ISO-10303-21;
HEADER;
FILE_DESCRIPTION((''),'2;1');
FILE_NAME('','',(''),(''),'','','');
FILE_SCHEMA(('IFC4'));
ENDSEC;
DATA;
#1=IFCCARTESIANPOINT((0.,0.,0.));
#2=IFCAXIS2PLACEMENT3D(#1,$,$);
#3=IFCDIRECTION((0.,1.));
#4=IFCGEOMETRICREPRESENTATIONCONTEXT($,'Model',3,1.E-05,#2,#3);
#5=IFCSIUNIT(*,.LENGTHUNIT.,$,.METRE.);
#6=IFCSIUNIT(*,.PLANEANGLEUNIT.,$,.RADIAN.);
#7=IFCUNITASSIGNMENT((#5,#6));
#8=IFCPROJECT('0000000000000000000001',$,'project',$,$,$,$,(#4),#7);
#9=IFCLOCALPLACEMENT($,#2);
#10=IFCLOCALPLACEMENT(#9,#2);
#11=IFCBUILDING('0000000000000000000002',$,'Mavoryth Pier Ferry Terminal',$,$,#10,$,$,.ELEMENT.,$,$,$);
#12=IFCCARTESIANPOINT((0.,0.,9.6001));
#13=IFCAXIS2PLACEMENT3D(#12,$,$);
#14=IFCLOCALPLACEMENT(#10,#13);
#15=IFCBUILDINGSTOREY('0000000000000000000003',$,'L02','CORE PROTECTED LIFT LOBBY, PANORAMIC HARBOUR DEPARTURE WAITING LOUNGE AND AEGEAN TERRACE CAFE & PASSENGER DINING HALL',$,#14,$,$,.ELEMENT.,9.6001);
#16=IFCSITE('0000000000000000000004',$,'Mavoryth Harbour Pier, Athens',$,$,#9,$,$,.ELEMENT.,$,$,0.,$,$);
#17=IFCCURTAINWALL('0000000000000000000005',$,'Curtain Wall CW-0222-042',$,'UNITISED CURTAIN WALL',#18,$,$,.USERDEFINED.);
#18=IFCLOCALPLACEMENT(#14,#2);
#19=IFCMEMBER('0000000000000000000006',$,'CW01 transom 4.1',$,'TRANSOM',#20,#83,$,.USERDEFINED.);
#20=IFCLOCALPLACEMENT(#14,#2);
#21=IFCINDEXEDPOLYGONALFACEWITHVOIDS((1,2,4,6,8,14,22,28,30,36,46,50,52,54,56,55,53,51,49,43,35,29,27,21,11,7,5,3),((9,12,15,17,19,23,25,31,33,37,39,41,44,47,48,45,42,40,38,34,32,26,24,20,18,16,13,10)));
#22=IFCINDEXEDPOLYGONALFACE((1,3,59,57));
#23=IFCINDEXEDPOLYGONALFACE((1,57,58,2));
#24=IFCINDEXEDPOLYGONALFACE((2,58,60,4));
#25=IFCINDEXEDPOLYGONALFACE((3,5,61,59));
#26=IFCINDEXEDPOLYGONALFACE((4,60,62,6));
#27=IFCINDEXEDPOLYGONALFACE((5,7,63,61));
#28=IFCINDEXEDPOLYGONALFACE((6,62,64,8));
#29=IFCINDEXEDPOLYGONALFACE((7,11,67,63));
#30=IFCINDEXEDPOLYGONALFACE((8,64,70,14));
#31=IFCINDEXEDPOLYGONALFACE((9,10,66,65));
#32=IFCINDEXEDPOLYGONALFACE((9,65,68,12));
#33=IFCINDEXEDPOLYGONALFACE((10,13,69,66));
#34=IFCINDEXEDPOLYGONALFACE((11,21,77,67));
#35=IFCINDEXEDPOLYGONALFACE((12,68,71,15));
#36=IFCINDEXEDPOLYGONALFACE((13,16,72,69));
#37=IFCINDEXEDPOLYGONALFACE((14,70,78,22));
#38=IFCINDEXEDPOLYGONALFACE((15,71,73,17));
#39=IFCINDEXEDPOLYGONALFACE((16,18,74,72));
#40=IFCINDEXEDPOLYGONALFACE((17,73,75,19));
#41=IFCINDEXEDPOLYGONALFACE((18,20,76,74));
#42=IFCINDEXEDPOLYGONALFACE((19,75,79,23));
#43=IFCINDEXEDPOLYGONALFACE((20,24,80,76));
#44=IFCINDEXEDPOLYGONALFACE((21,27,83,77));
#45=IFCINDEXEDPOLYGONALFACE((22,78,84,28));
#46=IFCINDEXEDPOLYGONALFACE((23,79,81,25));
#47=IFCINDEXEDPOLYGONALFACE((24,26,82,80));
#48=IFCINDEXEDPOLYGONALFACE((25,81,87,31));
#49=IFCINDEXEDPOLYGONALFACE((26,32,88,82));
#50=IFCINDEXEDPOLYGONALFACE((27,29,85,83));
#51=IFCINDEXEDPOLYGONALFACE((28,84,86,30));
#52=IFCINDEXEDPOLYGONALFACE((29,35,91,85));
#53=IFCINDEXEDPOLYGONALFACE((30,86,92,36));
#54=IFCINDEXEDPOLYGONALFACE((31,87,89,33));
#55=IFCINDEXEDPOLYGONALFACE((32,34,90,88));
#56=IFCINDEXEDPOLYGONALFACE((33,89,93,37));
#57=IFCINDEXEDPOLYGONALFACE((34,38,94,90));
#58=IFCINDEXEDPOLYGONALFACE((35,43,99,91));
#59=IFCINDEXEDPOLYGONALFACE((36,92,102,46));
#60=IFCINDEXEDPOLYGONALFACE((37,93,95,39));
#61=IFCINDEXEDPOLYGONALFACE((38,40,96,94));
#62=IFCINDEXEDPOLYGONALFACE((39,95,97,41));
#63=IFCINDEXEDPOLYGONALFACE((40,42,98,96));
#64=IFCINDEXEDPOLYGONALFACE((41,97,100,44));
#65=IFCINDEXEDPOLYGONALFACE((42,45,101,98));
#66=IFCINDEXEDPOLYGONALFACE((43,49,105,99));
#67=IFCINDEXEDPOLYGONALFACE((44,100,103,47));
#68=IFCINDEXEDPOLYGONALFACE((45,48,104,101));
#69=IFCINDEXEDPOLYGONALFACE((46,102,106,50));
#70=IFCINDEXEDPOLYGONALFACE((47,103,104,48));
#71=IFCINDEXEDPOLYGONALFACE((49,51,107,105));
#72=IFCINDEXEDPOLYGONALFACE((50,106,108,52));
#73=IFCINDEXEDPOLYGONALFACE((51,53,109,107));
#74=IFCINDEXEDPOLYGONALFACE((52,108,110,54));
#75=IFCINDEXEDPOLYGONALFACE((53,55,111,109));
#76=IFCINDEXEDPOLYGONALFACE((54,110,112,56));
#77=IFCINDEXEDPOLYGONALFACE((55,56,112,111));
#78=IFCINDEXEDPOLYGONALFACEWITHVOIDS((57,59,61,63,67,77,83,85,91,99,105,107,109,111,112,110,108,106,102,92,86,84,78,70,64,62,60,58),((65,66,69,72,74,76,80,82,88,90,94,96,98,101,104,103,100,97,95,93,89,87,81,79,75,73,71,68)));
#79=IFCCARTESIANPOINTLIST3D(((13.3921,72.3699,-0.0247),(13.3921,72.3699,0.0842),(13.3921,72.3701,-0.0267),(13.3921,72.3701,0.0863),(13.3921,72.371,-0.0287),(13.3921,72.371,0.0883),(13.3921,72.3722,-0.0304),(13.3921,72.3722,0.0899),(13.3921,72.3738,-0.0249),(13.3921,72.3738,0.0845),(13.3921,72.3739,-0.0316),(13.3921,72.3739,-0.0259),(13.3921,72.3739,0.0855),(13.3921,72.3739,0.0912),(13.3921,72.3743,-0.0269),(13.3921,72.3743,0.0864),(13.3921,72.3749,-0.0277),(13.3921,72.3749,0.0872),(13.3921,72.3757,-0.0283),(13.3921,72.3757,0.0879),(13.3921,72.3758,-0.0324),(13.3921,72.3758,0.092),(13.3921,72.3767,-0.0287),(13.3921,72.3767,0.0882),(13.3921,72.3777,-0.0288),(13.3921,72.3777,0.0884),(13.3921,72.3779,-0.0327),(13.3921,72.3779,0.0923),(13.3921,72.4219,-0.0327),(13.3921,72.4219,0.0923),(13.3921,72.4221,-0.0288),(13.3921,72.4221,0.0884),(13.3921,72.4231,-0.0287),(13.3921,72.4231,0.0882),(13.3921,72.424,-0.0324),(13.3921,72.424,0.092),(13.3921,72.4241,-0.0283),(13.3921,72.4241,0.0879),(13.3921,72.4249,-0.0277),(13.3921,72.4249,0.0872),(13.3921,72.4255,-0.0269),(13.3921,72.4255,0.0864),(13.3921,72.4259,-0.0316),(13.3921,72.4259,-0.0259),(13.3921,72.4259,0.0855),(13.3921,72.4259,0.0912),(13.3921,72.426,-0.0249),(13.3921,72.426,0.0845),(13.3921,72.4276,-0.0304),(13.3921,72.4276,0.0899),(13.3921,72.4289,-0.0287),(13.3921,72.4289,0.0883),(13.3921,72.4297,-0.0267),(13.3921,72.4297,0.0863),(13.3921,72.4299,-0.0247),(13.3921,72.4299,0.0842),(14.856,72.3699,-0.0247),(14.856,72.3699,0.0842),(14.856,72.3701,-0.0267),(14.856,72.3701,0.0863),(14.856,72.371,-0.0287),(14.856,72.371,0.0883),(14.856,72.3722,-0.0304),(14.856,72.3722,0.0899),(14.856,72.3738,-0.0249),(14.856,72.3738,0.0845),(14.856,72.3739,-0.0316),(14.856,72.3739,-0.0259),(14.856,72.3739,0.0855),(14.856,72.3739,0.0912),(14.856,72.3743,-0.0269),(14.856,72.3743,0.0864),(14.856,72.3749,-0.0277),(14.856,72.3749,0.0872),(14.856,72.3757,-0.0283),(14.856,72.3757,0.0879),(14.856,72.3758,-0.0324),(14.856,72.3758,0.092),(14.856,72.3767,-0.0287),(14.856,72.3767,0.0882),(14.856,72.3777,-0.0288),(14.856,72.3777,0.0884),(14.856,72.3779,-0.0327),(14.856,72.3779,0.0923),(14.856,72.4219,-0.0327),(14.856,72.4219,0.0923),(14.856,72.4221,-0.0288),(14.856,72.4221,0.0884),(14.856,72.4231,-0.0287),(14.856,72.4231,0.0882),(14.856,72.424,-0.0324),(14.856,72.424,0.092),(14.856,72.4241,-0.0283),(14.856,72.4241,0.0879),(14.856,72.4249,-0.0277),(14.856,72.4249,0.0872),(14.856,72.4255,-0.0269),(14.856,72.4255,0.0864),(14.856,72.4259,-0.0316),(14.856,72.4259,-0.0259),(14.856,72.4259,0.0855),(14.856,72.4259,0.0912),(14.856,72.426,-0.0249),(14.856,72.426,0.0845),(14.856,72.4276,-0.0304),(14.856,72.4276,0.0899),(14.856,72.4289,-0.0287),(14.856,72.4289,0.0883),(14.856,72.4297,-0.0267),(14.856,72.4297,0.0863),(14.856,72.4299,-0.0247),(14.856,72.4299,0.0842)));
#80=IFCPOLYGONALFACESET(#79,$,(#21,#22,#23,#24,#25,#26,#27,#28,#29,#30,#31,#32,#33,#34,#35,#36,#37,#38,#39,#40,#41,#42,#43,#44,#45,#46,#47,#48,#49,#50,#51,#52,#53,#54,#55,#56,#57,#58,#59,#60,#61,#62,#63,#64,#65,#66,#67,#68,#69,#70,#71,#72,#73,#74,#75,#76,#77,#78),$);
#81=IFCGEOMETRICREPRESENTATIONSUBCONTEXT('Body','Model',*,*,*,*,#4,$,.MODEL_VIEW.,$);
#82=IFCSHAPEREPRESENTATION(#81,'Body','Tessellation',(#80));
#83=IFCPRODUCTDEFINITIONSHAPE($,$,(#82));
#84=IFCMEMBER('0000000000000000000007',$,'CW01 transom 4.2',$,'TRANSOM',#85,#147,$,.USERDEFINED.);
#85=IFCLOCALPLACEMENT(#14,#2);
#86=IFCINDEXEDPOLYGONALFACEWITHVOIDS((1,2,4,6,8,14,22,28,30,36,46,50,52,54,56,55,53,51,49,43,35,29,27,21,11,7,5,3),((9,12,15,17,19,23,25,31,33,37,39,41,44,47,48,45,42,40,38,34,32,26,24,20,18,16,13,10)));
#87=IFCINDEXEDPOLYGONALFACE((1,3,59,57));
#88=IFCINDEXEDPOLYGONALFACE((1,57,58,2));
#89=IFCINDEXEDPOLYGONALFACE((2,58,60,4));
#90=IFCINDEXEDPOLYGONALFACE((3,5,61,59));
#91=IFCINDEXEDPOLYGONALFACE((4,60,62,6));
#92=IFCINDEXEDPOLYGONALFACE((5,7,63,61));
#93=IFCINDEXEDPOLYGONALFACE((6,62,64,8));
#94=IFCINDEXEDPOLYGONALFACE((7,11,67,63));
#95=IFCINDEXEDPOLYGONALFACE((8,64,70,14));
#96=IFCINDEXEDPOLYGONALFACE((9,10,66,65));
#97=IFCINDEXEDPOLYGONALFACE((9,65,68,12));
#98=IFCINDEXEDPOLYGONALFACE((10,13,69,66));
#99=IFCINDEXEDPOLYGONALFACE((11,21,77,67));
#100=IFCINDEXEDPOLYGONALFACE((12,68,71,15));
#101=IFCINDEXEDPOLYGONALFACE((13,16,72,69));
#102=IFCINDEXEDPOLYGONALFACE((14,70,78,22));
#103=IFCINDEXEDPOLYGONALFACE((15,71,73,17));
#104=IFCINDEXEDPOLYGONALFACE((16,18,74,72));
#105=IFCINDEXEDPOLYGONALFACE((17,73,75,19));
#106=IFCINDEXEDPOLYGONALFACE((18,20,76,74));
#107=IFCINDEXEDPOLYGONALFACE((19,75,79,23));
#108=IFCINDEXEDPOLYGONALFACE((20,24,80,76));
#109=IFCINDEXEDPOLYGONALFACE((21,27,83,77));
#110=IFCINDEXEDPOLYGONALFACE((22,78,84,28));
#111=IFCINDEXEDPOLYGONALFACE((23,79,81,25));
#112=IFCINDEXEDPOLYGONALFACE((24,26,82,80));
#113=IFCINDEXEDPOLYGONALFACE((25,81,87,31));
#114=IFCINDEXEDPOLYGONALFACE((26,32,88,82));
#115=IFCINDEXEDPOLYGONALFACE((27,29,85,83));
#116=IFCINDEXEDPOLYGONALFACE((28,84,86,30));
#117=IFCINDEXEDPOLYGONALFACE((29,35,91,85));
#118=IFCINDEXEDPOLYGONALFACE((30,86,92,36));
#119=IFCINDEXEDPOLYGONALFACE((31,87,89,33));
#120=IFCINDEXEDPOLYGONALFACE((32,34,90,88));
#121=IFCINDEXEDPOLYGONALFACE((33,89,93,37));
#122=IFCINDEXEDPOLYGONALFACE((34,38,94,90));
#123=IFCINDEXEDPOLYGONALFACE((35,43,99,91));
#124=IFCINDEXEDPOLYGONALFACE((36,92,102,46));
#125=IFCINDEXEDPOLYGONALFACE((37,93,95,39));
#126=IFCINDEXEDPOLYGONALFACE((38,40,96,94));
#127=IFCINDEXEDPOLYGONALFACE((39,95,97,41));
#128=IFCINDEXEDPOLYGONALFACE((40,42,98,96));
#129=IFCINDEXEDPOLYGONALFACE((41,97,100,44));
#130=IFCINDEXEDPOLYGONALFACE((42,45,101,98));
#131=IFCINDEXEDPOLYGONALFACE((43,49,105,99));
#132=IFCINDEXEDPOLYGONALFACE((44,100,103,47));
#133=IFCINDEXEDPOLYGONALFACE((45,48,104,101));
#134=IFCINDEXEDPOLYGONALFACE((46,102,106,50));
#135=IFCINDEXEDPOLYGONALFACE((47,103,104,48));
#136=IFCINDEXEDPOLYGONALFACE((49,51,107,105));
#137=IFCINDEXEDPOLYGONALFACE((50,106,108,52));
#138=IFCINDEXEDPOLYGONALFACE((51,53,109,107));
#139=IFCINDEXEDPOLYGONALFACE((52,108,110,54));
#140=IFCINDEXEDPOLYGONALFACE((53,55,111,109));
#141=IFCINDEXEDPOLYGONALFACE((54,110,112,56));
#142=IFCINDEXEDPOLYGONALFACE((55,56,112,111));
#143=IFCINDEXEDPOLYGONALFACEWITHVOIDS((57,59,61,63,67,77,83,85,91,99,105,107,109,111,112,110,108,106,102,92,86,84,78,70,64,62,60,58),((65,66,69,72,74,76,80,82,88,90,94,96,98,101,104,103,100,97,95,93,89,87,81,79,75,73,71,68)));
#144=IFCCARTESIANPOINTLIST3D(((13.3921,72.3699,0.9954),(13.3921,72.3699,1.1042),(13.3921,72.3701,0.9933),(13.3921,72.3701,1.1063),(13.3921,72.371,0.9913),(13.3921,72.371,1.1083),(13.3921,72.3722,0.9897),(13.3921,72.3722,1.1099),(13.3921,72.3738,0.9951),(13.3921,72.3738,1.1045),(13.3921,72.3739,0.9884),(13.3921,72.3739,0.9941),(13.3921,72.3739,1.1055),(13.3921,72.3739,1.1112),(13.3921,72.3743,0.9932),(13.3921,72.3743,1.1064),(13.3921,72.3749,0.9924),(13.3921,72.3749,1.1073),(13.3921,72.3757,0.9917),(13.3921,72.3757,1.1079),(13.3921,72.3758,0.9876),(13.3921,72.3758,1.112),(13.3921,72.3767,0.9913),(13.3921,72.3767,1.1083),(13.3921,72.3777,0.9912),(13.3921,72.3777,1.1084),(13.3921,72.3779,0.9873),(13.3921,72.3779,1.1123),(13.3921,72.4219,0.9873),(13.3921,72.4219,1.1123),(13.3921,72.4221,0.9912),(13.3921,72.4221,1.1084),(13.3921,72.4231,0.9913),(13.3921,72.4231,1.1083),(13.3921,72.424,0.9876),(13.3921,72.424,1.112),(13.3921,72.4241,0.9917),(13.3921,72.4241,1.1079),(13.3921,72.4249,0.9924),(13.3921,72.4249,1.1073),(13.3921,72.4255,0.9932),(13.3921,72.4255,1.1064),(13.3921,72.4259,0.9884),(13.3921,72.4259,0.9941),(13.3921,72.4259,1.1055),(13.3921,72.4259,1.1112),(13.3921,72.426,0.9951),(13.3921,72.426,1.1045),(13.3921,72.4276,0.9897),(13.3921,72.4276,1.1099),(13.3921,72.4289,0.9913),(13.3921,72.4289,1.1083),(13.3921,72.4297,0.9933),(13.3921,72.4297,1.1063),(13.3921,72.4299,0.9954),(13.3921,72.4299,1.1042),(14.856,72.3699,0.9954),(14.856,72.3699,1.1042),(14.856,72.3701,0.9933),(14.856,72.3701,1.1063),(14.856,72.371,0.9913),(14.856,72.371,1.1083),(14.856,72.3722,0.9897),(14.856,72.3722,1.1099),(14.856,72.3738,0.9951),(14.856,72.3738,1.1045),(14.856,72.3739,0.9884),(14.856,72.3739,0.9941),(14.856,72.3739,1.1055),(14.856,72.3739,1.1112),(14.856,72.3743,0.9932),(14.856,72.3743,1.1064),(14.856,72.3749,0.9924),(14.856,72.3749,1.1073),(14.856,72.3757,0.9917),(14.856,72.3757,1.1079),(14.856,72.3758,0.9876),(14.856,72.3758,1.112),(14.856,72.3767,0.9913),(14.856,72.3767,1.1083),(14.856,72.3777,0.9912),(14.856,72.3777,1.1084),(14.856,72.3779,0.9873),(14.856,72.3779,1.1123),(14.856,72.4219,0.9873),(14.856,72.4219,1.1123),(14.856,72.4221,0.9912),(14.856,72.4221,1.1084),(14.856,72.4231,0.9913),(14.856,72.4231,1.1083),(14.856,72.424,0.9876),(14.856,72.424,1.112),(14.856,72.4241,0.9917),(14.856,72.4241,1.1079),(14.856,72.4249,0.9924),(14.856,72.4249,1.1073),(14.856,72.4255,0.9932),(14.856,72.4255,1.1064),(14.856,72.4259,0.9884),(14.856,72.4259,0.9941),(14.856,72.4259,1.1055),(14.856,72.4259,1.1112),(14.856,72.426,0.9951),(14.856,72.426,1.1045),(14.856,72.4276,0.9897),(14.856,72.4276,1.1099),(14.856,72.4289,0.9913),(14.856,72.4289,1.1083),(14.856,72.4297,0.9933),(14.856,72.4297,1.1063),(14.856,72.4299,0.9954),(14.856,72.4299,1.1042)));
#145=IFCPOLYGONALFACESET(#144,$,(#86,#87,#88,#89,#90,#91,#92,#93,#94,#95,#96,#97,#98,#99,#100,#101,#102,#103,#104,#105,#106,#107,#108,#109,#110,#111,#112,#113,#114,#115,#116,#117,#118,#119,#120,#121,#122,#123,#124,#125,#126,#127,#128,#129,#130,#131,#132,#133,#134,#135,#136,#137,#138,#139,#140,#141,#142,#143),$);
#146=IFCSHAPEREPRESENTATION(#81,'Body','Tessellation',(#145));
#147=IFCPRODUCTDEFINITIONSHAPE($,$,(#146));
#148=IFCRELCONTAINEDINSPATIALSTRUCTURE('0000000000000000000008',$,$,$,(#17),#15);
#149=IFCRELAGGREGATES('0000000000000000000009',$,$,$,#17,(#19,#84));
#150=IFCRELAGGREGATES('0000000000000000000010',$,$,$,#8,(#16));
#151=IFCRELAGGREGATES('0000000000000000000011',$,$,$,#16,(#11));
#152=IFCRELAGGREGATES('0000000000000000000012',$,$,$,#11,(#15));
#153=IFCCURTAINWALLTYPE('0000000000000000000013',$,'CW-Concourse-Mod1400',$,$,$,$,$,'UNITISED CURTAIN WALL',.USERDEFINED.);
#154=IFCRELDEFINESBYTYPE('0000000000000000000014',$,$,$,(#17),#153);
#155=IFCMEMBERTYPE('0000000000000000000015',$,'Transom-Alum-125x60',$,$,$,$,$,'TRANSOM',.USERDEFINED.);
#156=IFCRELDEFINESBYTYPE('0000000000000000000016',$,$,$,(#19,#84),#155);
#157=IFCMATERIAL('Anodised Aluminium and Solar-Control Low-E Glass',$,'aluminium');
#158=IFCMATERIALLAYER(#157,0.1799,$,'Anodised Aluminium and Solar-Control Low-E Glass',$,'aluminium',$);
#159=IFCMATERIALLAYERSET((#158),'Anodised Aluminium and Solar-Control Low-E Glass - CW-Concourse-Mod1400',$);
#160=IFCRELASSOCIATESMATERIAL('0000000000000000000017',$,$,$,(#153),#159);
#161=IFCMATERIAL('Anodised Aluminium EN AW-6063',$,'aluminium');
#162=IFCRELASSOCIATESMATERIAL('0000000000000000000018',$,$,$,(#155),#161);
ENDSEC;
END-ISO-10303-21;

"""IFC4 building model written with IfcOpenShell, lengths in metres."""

from ifc_helpers import new_model, si_unit, direction, frame, origin, origin_2d, place, context, subcontext, project, spatial, hollow_rectangle, extrude, material, layer, layer_set, material_profile, profile_set, type_object, element, aggregate, save


model = new_model("IFC4")

# Units and contexts
model_context = context("Model", 3, precision=1e-05, world=origin(), true_north=direction((0.0, 1.0)))
body_context = subcontext(model_context, "Body", "Model", "MODEL_VIEW")
ifc_project = project(units=[si_unit("LENGTHUNIT", "METRE"), si_unit("PLANEANGLEUNIT", "RADIAN")], contexts=[model_context])

# Site, building, storey
site_placement = place(None, origin())
site = spatial("IfcSite", under=ifc_project, at=site_placement, Name="Mavoryth Harbour Pier, Athens", CompositionType="ELEMENT", RefElevation=0.0)
building_placement = place(site_placement, origin())
building = spatial("IfcBuilding", under=site, at=building_placement, Name="Mavoryth Pier Ferry Terminal", CompositionType="ELEMENT")
storey_placement = place(building_placement, frame((0.0, 0.0, 9.6001)))
storey = spatial("IfcBuildingStorey", under=building, at=storey_placement, Name="L02", Description="CORE PROTECTED LIFT LOBBY, PANORAMIC HARBOUR DEPARTURE WAITING LOUNGE AND AEGEAN TERRACE CAFE & PASSENGER DINING HALL", CompositionType="ELEMENT", Elevation=9.6001)

# Shared definitions
ifc_material_1 = material(Name="Anodised Aluminium and Solar-Control Low-E Glass", Category="aluminium")
ifc_layer_1 = layer(ifc_material_1, 0.1799, Name="Anodised Aluminium and Solar-Control Low-E Glass", Category="aluminium")
ifc_layer_set_1 = layer_set([ifc_layer_1], Name="Anodised Aluminium and Solar-Control Low-E Glass - CW-Concourse-Mod1400")
curtain_wall_type = type_object("IfcCurtainWallType", Name="CW-Concourse-Mod1400", ElementType="UNITISED CURTAIN WALL", PredefinedType="USERDEFINED", material=ifc_layer_set_1)
ifc_material_2 = material(Name="Anodised Aluminium EN AW-6063", Category="aluminium")

# Curtain wall
curtain_wall_1_placement = place(storey_placement, origin())
curtain_wall_1 = element("IfcCurtainWall", 1, at=curtain_wall_1_placement, inside=storey, type_object=curtain_wall_type, Name="Curtain Wall CW-0222-042", ObjectType="UNITISED CURTAIN WALL", PredefinedType="USERDEFINED")

# Members
ifc_material_profile_1 = material_profile(ifc_material_2, hollow_rectangle(XDim=0.0601, YDim=0.125, WallThickness=0.0039, InnerFilletRadius=0.0039, OuterFilletRadius=0.0081, at=origin_2d()), Name="AL-TRAN 125x60x4", Category="aluminium")
ifc_profile_set_1 = profile_set([ifc_material_profile_1], Name="Anodised Aluminium EN AW-6063 - AL-TRAN 125x60x4")
member_type_1 = type_object("IfcMemberType", Name="Transom-Alum-125x60", ElementType="TRANSOM", PredefinedType="USERDEFINED", material=ifc_profile_set_1)
member_1_placement = place(storey_placement, frame((13.3921, 72.3999, 0.0298), z_axis=(1.0, 0.0, 0.0), x_axis=(0.0, 1.0, 0.0)))
member_1 = element("IfcMember", 2, at=member_1_placement, type_object=member_type_1, Name="CW01 transom 4.1", ObjectType="TRANSOM", PredefinedType="USERDEFINED", context=body_context, shape_type="SweptSolid", body=[
    extrude(hollow_rectangle(XDim=0.0601, YDim=0.125, WallThickness=0.0039, InnerFilletRadius=0.0039, OuterFilletRadius=0.0081, at=origin_2d()), origin(), (0.0, 0.0, 1.0), 1.4639),
])
member_2_placement = place(storey_placement, frame((13.3921, 72.3999, 1.0498), z_axis=(1.0, 0.0, 0.0), x_axis=(0.0, 1.0, 0.0)))
member_2 = element("IfcMember", 3, at=member_2_placement, type_object=member_type_1, Name="CW01 transom 4.2", ObjectType="TRANSOM", PredefinedType="USERDEFINED", context=body_context, shape_type="SweptSolid", body=[
    extrude(hollow_rectangle(XDim=0.0601, YDim=0.125, WallThickness=0.0039, InnerFilletRadius=0.0039, OuterFilletRadius=0.0081, at=origin_2d()), origin(), (0.0, 0.0, 1.0), 1.4639),
])

aggregate(curtain_wall_1, [member_1, member_2])

save(model, "model.ifc")
